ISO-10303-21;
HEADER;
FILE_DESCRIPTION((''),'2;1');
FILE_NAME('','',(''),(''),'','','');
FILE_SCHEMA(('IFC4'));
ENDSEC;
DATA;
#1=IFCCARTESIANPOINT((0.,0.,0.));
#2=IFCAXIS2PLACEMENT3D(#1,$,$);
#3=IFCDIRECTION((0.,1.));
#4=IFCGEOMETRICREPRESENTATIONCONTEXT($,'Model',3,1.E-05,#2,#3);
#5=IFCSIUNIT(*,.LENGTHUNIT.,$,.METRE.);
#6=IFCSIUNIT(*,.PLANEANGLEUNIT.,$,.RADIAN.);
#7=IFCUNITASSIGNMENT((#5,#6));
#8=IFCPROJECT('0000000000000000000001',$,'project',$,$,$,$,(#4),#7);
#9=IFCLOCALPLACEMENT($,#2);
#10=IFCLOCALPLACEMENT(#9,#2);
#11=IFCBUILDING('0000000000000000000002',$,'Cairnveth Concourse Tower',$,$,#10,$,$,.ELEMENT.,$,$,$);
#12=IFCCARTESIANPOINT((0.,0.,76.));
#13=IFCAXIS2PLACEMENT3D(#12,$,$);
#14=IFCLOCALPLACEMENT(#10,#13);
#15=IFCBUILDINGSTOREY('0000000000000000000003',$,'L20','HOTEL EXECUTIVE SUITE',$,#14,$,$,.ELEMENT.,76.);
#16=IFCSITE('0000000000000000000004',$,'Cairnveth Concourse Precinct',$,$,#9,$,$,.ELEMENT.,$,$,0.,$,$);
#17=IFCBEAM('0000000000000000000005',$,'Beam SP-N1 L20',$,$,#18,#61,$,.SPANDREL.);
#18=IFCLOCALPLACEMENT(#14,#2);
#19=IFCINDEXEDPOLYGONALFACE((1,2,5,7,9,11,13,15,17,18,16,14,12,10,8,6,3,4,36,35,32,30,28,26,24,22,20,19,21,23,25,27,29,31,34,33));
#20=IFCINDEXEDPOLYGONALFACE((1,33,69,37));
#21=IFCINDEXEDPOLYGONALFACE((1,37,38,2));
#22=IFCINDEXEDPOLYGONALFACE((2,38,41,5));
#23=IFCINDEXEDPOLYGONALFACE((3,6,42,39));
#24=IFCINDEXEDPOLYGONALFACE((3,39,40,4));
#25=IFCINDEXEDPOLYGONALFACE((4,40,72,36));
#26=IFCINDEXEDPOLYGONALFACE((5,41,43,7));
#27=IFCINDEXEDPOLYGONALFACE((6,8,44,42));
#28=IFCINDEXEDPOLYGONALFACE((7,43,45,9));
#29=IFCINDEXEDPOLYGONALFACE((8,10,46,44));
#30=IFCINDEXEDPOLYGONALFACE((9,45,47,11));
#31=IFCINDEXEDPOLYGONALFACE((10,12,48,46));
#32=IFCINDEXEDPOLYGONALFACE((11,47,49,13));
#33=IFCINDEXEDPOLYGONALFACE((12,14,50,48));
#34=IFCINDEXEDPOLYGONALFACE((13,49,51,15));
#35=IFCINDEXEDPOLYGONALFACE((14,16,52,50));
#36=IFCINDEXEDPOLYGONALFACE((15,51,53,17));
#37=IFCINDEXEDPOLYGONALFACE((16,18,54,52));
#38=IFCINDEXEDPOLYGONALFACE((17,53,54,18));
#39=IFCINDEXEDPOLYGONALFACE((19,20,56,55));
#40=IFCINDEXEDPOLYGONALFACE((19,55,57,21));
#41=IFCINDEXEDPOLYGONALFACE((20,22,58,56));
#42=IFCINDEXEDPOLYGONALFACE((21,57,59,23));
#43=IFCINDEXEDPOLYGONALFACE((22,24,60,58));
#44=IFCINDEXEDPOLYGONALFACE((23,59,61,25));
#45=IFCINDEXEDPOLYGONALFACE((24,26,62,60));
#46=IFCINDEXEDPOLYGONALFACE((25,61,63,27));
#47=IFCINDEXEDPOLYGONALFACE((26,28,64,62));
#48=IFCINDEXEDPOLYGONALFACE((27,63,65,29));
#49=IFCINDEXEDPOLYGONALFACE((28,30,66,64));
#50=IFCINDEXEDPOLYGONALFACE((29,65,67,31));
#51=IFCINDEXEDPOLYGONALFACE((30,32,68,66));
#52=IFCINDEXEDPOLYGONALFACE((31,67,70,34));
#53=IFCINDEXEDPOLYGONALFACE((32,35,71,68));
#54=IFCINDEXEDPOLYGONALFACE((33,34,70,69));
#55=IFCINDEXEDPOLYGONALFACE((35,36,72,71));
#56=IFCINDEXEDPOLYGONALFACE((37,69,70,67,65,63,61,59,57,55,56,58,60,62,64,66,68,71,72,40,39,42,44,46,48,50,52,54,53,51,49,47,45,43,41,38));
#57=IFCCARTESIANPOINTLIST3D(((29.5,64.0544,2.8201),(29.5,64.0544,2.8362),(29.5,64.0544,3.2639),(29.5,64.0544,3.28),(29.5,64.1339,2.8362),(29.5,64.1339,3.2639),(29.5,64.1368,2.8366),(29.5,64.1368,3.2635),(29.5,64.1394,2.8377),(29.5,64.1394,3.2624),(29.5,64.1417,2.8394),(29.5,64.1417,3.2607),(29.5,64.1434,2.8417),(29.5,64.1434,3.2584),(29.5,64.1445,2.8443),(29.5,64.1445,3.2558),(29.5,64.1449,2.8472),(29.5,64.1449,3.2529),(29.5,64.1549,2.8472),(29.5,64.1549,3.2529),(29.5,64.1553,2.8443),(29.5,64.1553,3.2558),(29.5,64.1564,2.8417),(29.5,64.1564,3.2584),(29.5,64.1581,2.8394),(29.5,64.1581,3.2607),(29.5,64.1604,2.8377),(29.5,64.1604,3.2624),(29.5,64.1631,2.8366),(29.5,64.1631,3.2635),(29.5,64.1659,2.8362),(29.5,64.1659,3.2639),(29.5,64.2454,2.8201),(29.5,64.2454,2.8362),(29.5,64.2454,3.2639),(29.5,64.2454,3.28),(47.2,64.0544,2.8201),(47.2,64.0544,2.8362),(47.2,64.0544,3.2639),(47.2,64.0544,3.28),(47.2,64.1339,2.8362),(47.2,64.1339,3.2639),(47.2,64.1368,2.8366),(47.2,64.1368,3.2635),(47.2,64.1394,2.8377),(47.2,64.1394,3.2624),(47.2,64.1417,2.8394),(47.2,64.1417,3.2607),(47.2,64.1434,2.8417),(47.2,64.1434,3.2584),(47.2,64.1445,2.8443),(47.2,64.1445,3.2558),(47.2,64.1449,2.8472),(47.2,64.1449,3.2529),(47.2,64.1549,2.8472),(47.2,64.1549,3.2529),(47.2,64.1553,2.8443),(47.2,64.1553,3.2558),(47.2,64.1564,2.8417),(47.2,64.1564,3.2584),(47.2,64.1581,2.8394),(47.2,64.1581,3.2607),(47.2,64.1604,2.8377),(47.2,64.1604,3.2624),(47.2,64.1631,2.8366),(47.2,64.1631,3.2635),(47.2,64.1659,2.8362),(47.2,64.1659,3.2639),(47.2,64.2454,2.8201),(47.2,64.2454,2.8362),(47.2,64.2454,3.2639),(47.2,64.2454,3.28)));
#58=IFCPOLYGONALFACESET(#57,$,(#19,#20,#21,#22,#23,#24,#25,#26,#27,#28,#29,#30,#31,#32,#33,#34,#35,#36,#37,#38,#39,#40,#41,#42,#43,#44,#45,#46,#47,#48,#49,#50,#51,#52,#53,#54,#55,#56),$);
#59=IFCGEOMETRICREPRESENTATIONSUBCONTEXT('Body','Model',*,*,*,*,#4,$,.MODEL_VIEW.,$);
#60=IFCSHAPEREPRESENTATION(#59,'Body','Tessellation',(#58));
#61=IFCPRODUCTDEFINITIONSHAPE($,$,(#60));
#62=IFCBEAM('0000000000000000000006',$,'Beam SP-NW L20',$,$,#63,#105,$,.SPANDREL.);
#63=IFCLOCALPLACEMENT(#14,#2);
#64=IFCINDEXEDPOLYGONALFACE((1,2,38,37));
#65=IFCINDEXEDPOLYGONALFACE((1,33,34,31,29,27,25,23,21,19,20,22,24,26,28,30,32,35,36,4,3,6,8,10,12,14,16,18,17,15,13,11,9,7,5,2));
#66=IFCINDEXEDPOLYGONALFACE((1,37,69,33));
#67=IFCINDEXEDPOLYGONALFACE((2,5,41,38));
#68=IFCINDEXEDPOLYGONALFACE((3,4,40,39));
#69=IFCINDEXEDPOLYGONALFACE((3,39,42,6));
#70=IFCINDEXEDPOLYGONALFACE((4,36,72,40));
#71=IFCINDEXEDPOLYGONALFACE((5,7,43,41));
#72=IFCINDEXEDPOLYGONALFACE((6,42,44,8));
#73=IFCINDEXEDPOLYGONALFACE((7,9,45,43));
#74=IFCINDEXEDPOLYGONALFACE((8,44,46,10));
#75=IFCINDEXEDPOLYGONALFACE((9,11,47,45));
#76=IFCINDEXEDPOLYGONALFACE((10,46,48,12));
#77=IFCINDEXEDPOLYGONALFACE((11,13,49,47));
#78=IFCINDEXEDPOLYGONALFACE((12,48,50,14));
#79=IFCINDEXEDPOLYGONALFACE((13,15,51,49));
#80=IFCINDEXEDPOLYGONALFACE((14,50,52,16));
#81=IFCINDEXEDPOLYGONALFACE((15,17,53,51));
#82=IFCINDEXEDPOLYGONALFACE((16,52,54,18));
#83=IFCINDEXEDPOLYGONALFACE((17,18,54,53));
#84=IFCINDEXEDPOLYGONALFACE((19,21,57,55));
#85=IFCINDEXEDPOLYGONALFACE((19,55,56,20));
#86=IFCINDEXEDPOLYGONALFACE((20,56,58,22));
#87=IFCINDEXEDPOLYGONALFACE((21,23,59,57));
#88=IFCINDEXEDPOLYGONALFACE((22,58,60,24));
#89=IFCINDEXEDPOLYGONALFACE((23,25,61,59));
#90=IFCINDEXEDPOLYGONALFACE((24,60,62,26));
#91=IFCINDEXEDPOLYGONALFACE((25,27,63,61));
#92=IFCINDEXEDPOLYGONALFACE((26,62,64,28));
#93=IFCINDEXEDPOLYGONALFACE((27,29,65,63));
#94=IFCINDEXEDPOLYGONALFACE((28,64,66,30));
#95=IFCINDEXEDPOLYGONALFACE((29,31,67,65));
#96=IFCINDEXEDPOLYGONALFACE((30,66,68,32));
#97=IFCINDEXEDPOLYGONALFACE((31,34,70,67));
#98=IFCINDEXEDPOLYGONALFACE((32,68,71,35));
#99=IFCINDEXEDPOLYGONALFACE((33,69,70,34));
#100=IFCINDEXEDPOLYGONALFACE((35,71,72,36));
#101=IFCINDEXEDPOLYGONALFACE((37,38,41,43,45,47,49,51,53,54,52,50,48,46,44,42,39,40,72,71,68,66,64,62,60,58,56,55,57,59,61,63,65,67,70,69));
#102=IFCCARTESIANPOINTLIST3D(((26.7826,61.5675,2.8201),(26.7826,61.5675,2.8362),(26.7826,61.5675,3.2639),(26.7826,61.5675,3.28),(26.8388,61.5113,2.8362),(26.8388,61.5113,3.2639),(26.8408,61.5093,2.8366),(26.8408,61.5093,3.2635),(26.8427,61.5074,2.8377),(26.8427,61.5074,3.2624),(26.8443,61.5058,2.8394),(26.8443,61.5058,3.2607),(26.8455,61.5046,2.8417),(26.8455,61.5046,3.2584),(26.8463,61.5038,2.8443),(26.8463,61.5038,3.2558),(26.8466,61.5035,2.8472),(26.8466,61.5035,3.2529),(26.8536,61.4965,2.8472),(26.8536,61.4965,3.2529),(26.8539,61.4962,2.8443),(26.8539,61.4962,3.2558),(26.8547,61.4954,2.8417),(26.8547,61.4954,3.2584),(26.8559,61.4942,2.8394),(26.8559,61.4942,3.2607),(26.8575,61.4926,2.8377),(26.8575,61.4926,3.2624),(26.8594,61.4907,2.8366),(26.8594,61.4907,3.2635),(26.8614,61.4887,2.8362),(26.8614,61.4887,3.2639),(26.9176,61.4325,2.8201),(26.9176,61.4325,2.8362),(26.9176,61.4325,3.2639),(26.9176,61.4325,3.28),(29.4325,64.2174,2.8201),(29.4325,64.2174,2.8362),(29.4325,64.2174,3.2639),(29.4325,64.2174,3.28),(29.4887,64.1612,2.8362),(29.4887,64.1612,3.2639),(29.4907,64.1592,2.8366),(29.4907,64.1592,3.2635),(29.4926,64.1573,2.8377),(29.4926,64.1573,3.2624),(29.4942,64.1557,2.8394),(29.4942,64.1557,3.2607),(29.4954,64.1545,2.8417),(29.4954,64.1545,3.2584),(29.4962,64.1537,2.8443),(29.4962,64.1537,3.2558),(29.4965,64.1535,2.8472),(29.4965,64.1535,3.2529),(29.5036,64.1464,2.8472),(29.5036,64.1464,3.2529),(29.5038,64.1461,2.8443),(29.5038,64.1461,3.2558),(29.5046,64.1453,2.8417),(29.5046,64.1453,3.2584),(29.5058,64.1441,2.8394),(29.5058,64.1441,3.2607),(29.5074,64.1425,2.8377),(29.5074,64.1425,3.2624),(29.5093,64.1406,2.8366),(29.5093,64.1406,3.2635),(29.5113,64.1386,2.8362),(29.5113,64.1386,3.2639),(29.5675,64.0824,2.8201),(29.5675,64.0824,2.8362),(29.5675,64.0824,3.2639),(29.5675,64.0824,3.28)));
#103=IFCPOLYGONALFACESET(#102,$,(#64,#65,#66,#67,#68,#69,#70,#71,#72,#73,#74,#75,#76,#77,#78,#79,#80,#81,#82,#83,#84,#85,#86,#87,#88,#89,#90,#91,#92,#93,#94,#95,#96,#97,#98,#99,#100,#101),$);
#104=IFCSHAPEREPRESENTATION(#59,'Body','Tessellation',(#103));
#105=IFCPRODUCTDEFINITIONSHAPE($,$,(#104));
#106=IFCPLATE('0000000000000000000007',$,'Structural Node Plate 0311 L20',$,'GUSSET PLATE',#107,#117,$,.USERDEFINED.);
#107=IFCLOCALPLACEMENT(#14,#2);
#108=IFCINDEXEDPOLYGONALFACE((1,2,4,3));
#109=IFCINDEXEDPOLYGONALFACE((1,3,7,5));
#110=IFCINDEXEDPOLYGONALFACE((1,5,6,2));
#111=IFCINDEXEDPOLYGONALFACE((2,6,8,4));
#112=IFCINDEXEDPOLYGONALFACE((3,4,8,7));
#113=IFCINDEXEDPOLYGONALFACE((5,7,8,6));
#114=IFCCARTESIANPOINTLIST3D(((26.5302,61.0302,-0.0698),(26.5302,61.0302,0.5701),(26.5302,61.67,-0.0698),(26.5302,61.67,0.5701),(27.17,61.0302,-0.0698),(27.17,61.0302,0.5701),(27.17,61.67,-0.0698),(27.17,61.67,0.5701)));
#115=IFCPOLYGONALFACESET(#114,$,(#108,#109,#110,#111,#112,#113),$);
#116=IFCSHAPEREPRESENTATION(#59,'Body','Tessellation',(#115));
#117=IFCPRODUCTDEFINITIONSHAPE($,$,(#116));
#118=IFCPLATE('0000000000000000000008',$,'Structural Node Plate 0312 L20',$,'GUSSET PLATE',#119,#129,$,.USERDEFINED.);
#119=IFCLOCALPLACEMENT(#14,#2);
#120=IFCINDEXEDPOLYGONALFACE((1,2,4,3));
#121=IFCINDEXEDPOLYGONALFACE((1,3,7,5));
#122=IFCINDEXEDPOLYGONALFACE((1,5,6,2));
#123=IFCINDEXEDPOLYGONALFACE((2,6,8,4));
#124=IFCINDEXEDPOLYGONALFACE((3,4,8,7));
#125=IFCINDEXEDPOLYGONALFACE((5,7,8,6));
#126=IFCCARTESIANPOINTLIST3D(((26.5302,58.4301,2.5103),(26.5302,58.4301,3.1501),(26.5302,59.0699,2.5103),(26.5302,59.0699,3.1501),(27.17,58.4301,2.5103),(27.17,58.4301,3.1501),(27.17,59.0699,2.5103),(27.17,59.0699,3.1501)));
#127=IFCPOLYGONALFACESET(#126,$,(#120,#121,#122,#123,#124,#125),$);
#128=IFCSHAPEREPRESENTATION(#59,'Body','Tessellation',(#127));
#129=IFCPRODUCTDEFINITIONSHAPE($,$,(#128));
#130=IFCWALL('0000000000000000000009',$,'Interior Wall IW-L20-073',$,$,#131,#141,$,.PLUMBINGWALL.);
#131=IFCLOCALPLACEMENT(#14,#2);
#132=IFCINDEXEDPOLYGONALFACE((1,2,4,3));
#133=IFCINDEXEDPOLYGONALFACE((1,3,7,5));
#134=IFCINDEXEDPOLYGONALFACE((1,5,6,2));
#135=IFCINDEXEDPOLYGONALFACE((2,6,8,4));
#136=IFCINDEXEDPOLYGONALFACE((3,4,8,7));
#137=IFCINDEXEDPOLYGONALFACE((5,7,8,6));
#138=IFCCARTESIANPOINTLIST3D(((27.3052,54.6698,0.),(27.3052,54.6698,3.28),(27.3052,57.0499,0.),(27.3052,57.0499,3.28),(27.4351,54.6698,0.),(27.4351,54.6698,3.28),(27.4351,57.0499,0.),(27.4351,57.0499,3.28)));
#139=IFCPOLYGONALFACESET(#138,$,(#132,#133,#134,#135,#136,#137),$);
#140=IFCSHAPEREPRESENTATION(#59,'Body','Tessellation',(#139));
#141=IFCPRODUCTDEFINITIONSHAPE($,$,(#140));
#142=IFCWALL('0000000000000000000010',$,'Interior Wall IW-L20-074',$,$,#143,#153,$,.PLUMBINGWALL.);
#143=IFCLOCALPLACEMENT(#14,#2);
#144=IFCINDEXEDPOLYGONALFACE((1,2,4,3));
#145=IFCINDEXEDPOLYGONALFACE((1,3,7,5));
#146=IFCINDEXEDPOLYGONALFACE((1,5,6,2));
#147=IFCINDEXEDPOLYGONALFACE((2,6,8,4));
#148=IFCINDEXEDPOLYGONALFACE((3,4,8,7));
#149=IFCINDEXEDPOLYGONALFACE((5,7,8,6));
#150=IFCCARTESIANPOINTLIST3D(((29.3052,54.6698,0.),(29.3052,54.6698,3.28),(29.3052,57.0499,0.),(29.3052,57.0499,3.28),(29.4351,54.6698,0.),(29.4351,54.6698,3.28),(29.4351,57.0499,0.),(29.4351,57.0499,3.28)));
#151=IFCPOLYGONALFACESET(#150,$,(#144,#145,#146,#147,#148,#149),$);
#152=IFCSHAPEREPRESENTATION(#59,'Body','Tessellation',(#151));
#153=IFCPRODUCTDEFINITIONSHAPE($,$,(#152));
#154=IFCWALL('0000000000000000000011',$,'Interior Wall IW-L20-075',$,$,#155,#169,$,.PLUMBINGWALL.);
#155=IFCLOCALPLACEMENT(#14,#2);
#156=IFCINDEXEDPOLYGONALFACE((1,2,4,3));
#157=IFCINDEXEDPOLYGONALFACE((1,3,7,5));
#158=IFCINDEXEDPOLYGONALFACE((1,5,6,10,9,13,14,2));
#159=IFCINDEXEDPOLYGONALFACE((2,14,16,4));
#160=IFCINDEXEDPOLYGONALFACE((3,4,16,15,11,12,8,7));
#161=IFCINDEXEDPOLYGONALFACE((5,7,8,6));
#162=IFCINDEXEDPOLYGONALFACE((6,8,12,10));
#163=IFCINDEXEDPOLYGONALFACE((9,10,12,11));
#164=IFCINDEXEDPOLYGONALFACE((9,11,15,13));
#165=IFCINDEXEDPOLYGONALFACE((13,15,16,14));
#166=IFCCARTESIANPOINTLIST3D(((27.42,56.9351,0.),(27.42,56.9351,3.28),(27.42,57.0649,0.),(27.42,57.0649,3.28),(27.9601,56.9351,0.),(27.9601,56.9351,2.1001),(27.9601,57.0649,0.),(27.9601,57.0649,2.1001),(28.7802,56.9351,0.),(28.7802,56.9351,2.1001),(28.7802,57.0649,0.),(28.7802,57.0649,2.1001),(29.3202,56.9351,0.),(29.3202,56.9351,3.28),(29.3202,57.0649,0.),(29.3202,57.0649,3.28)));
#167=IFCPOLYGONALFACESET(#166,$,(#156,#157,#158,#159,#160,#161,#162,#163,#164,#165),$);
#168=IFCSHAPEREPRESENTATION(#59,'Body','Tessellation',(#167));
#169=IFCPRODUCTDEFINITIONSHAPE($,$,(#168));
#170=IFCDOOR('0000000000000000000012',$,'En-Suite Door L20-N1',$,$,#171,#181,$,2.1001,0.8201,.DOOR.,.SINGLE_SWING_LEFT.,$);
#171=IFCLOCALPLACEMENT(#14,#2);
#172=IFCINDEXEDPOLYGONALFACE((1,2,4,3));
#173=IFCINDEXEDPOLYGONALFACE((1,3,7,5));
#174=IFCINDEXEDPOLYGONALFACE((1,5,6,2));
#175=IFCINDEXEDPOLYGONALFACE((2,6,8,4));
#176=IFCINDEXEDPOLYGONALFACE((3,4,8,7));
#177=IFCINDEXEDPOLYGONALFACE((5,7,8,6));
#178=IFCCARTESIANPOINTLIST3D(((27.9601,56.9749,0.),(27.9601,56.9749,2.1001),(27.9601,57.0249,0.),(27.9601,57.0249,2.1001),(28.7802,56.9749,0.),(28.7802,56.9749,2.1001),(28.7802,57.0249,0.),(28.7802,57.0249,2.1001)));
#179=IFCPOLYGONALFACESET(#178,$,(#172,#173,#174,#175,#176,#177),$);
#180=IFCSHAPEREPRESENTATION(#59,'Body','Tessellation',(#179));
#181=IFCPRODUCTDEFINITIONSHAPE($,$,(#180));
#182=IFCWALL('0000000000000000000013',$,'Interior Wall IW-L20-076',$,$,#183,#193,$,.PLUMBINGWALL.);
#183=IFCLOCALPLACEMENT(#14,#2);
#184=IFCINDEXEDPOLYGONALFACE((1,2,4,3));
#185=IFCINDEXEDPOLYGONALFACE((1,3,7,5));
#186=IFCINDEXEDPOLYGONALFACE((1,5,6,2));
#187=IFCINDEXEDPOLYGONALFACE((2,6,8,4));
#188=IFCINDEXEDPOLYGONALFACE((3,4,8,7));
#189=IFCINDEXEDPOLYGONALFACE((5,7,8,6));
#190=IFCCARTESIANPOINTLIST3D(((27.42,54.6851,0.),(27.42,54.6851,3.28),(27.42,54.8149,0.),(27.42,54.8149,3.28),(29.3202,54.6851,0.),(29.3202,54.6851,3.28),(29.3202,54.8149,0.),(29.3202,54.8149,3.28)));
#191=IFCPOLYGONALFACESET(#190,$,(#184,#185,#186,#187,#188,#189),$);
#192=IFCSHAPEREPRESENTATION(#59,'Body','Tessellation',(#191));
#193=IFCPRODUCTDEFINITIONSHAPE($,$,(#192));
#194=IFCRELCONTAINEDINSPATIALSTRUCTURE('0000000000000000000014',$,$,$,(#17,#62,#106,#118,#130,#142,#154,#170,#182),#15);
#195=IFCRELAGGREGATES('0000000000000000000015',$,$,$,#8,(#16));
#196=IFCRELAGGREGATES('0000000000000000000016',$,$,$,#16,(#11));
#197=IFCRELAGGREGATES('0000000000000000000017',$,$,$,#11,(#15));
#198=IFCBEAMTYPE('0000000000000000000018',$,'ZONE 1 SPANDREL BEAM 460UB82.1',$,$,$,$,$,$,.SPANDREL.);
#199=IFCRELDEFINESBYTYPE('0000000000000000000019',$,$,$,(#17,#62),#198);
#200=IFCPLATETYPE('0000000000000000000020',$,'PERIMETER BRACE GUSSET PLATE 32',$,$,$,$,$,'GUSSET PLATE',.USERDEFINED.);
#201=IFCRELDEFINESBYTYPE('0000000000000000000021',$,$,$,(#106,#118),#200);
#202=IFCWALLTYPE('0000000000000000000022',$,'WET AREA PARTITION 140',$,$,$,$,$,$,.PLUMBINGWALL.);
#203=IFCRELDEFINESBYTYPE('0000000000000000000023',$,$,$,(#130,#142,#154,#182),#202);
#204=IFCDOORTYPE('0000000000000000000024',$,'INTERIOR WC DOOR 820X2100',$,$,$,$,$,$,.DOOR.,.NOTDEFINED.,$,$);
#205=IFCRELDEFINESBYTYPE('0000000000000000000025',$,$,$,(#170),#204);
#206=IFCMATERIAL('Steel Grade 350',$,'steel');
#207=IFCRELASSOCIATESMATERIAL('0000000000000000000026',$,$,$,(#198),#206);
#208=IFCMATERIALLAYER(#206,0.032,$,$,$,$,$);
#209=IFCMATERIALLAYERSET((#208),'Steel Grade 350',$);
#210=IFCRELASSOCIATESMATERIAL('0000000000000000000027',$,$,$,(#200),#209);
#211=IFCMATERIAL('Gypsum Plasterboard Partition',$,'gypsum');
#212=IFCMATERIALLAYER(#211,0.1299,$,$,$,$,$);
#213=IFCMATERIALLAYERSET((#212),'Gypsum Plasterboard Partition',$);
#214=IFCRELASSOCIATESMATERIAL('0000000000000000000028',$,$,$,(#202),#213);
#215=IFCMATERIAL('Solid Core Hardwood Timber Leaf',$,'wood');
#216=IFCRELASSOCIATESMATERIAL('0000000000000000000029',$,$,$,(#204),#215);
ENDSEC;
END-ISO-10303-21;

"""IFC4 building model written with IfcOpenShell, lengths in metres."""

from ifc_helpers import new_model, si_unit, direction, frame, frame_2d, origin, origin_2d, place, context, subcontext, project, spatial, rectangle, i_section, extrude, material, layer, layer_set, material_profile, profile_set, type_object, element, fill, save


model = new_model("IFC4")

# Units and contexts
model_context = context("Model", 3, precision=1e-05, world=origin(), true_north=direction((0.0, 1.0)))
body_context = subcontext(model_context, "Body", "Model", "MODEL_VIEW")
ifc_project = project(units=[si_unit("LENGTHUNIT", "METRE"), si_unit("PLANEANGLEUNIT", "RADIAN")], contexts=[model_context])

# Site, building, storey
site_placement = place(None, origin())
site = spatial("IfcSite", under=ifc_project, at=site_placement, Name="Cairnveth Concourse Precinct", CompositionType="ELEMENT", RefElevation=0.0)
building_placement = place(site_placement, origin())
building = spatial("IfcBuilding", under=site, at=building_placement, Name="Cairnveth Concourse Tower", CompositionType="ELEMENT")
storey_placement = place(building_placement, frame((0.0, 0.0, 76.0)))
storey = spatial("IfcBuildingStorey", under=building, at=storey_placement, Name="L20", Description="HOTEL EXECUTIVE SUITE", CompositionType="ELEMENT", Elevation=76.0)

# Shared definitions
ifc_material_1 = material(Name="Steel Grade 350", Category="steel")

# Beams
ifc_material_profile_1 = material_profile(ifc_material_1, i_section(OverallWidth=0.1909, OverallDepth=0.46, WebThickness=0.01, FlangeThickness=0.0161, FilletRadius=0.011, at=origin_2d()), Name="460UB82.1")
ifc_profile_set_1 = profile_set([ifc_material_profile_1], Name="Steel Grade 350")
beam_type_1 = type_object("IfcBeamType", Name="ZONE 1 SPANDREL BEAM 460UB82.1", PredefinedType="SPANDREL", material=ifc_profile_set_1)
beam_1_placement = place(storey_placement, frame((29.5, 64.1499, 3.05), z_axis=(1.0, 0.0, 0.0), x_axis=(0.0, 1.0, 0.0)))
element("IfcBeam", 1, at=beam_1_placement, inside=storey, type_object=beam_type_1, Name="Beam SP-N1 L20", PredefinedType="SPANDREL", context=body_context, shape_type="SweptSolid", body=[
    extrude(i_section(OverallWidth=0.1909, OverallDepth=0.46, WebThickness=0.01, FlangeThickness=0.0161, FilletRadius=0.011, at=origin_2d()), origin(), (0.0, 0.0, 1.0), 17.7),
])
beam_2_placement = place(storey_placement, frame((26.8501, 61.5, 3.05), z_axis=(0.707107, 0.707107, 0.0), x_axis=(-0.707107, 0.707107, 0.0)))
element("IfcBeam", 2, at=beam_2_placement, inside=storey, type_object=beam_type_1, Name="Beam SP-NW L20", PredefinedType="SPANDREL", context=body_context, shape_type="SweptSolid", body=[
    extrude(i_section(OverallWidth=0.1909, OverallDepth=0.46, WebThickness=0.01, FlangeThickness=0.0161, FilletRadius=0.011, at=origin_2d()), origin(), (0.0, 0.0, 1.0), 3.7476),
])

# Plates
ifc_layer_1 = layer(ifc_material_1, 0.032)
ifc_layer_set_1 = layer_set([ifc_layer_1], Name="Steel Grade 350")
plate_type = type_object("IfcPlateType", Name="PERIMETER BRACE GUSSET PLATE 32", ElementType="GUSSET PLATE", PredefinedType="USERDEFINED", material=ifc_layer_set_1)
for number, where, z_axis, x_axis, name in (
    (3, (26.8501, 61.3501, -0.0698), (0.0, 0.0, 1.0), (1.0, 0.0, 0.0), "Structural Node Plate 0311 L20"),
    (4, (26.8501, 58.75, 2.5103), (0.0, 0.0, 1.0), (1.0, 0.0, 0.0), "Structural Node Plate 0312 L20"),
):
    element("IfcPlate", number, at=place(storey_placement, frame(where, z_axis=z_axis, x_axis=x_axis)), inside=storey, type_object=plate_type, Name=name, ObjectType="GUSSET PLATE", PredefinedType="USERDEFINED", context=body_context, shape_type="SweptSolid", body=[
        extrude(rectangle(XDim=0.6399, YDim=0.6399, at=origin_2d()), origin(), (0.0, 0.0, 1.0), 0.6399),
    ])

# Walls
ifc_material_2 = material(Name="Gypsum Plasterboard Partition", Category="gypsum")
ifc_layer_2 = layer(ifc_material_2, 0.1299)
ifc_layer_set_2 = layer_set([ifc_layer_2], Name="Gypsum Plasterboard Partition")
wall_type_1 = type_object("IfcWallType", Name="WET AREA PARTITION 140", PredefinedType="PLUMBINGWALL", material=ifc_layer_set_2)
for number, where, z_axis, x_axis, name in (
    (5, (27.3701, 54.6699, 0.0), (0.0, 0.0, 1.0), (0.0, 1.0, 0.0), "Interior Wall IW-L20-073"),
    (6, (29.3701, 54.6699, 0.0), (0.0, 0.0, 1.0), (0.0, 1.0, 0.0), "Interior Wall IW-L20-074"),
):
    element("IfcWall", number, at=place(storey_placement, frame(where, z_axis=z_axis, x_axis=x_axis)), inside=storey, type_object=wall_type_1, Name=name, PredefinedType="PLUMBINGWALL", context=body_context, shape_type="SweptSolid", body=[
        extrude(rectangle(XDim=2.3801, YDim=0.1299, at=frame_2d((1.1899, 0.0))), origin(), (0.0, 0.0, 1.0), 3.28),
    ])

# Wall, opening, door
wall_1_placement = place(storey_placement, frame((27.4199, 57.0, 0.0), z_axis=(0.0, 0.0, 1.0), x_axis=(1.0, 0.0, 0.0)))
wall_1 = element("IfcWall", 7, at=wall_1_placement, inside=storey, type_object=wall_type_1, Name="Interior Wall IW-L20-075", PredefinedType="PLUMBINGWALL", context=body_context, shape_type="SweptSolid", body=[
    extrude(rectangle(XDim=1.9001, YDim=0.1299, at=frame_2d((0.9502, 0.0))), origin(), (0.0, 0.0, 1.0), 3.28),
])
opening_placement = place(wall_1_placement, frame((0.54, 0.0, 0.0)))
opening = element("IfcOpeningElement", 8, at=opening_placement, cuts=wall_1, PredefinedType="OPENING", context=body_context, shape_type="SweptSolid", body=[
    extrude(rectangle(XDim=0.8201, YDim=2.1001, at=frame_2d((0.4102, 1.05))), frame((0.0, 0.075, 0.0), z_axis=(0.0, -1.0, 0.0), x_axis=(1.0, 0.0, 0.0)), (0.0, 0.0, 1.0), 0.1499),
])
ifc_material_3 = material(Name="Solid Core Hardwood Timber Leaf", Category="wood")
door_type = type_object("IfcDoorType", Name="INTERIOR WC DOOR 820X2100", OperationType="NOTDEFINED", PredefinedType="DOOR", material=ifc_material_3)
door_placement = place(opening_placement, origin())
door = element("IfcDoor", 9, at=door_placement, inside=storey, type_object=door_type, Name="En-Suite Door L20-N1", OperationType="SINGLE_SWING_LEFT", OverallHeight=2.1001, OverallWidth=0.8201, PredefinedType="DOOR", context=body_context, shape_type="SweptSolid", body=[
    extrude(rectangle(XDim=0.8201, YDim=2.1001, at=frame_2d((0.4102, 1.05))), frame((0.0, 0.0249, 0.0), z_axis=(0.0, -1.0, 0.0), x_axis=(1.0, 0.0, 0.0)), (0.0, 0.0, 1.0), 0.05),
])
fill(opening, door)

# Wall
wall_2_placement = place(storey_placement, frame((27.4199, 54.75, 0.0), z_axis=(0.0, 0.0, 1.0), x_axis=(1.0, 0.0, 0.0)))
element("IfcWall", 10, at=wall_2_placement, inside=storey, type_object=wall_type_1, Name="Interior Wall IW-L20-076", PredefinedType="PLUMBINGWALL", context=body_context, shape_type="SweptSolid", body=[
    extrude(rectangle(XDim=1.9001, YDim=0.1299, at=frame_2d((0.9502, 0.0))), origin(), (0.0, 0.0, 1.0), 3.28),
])

save(model, "model.ifc")
